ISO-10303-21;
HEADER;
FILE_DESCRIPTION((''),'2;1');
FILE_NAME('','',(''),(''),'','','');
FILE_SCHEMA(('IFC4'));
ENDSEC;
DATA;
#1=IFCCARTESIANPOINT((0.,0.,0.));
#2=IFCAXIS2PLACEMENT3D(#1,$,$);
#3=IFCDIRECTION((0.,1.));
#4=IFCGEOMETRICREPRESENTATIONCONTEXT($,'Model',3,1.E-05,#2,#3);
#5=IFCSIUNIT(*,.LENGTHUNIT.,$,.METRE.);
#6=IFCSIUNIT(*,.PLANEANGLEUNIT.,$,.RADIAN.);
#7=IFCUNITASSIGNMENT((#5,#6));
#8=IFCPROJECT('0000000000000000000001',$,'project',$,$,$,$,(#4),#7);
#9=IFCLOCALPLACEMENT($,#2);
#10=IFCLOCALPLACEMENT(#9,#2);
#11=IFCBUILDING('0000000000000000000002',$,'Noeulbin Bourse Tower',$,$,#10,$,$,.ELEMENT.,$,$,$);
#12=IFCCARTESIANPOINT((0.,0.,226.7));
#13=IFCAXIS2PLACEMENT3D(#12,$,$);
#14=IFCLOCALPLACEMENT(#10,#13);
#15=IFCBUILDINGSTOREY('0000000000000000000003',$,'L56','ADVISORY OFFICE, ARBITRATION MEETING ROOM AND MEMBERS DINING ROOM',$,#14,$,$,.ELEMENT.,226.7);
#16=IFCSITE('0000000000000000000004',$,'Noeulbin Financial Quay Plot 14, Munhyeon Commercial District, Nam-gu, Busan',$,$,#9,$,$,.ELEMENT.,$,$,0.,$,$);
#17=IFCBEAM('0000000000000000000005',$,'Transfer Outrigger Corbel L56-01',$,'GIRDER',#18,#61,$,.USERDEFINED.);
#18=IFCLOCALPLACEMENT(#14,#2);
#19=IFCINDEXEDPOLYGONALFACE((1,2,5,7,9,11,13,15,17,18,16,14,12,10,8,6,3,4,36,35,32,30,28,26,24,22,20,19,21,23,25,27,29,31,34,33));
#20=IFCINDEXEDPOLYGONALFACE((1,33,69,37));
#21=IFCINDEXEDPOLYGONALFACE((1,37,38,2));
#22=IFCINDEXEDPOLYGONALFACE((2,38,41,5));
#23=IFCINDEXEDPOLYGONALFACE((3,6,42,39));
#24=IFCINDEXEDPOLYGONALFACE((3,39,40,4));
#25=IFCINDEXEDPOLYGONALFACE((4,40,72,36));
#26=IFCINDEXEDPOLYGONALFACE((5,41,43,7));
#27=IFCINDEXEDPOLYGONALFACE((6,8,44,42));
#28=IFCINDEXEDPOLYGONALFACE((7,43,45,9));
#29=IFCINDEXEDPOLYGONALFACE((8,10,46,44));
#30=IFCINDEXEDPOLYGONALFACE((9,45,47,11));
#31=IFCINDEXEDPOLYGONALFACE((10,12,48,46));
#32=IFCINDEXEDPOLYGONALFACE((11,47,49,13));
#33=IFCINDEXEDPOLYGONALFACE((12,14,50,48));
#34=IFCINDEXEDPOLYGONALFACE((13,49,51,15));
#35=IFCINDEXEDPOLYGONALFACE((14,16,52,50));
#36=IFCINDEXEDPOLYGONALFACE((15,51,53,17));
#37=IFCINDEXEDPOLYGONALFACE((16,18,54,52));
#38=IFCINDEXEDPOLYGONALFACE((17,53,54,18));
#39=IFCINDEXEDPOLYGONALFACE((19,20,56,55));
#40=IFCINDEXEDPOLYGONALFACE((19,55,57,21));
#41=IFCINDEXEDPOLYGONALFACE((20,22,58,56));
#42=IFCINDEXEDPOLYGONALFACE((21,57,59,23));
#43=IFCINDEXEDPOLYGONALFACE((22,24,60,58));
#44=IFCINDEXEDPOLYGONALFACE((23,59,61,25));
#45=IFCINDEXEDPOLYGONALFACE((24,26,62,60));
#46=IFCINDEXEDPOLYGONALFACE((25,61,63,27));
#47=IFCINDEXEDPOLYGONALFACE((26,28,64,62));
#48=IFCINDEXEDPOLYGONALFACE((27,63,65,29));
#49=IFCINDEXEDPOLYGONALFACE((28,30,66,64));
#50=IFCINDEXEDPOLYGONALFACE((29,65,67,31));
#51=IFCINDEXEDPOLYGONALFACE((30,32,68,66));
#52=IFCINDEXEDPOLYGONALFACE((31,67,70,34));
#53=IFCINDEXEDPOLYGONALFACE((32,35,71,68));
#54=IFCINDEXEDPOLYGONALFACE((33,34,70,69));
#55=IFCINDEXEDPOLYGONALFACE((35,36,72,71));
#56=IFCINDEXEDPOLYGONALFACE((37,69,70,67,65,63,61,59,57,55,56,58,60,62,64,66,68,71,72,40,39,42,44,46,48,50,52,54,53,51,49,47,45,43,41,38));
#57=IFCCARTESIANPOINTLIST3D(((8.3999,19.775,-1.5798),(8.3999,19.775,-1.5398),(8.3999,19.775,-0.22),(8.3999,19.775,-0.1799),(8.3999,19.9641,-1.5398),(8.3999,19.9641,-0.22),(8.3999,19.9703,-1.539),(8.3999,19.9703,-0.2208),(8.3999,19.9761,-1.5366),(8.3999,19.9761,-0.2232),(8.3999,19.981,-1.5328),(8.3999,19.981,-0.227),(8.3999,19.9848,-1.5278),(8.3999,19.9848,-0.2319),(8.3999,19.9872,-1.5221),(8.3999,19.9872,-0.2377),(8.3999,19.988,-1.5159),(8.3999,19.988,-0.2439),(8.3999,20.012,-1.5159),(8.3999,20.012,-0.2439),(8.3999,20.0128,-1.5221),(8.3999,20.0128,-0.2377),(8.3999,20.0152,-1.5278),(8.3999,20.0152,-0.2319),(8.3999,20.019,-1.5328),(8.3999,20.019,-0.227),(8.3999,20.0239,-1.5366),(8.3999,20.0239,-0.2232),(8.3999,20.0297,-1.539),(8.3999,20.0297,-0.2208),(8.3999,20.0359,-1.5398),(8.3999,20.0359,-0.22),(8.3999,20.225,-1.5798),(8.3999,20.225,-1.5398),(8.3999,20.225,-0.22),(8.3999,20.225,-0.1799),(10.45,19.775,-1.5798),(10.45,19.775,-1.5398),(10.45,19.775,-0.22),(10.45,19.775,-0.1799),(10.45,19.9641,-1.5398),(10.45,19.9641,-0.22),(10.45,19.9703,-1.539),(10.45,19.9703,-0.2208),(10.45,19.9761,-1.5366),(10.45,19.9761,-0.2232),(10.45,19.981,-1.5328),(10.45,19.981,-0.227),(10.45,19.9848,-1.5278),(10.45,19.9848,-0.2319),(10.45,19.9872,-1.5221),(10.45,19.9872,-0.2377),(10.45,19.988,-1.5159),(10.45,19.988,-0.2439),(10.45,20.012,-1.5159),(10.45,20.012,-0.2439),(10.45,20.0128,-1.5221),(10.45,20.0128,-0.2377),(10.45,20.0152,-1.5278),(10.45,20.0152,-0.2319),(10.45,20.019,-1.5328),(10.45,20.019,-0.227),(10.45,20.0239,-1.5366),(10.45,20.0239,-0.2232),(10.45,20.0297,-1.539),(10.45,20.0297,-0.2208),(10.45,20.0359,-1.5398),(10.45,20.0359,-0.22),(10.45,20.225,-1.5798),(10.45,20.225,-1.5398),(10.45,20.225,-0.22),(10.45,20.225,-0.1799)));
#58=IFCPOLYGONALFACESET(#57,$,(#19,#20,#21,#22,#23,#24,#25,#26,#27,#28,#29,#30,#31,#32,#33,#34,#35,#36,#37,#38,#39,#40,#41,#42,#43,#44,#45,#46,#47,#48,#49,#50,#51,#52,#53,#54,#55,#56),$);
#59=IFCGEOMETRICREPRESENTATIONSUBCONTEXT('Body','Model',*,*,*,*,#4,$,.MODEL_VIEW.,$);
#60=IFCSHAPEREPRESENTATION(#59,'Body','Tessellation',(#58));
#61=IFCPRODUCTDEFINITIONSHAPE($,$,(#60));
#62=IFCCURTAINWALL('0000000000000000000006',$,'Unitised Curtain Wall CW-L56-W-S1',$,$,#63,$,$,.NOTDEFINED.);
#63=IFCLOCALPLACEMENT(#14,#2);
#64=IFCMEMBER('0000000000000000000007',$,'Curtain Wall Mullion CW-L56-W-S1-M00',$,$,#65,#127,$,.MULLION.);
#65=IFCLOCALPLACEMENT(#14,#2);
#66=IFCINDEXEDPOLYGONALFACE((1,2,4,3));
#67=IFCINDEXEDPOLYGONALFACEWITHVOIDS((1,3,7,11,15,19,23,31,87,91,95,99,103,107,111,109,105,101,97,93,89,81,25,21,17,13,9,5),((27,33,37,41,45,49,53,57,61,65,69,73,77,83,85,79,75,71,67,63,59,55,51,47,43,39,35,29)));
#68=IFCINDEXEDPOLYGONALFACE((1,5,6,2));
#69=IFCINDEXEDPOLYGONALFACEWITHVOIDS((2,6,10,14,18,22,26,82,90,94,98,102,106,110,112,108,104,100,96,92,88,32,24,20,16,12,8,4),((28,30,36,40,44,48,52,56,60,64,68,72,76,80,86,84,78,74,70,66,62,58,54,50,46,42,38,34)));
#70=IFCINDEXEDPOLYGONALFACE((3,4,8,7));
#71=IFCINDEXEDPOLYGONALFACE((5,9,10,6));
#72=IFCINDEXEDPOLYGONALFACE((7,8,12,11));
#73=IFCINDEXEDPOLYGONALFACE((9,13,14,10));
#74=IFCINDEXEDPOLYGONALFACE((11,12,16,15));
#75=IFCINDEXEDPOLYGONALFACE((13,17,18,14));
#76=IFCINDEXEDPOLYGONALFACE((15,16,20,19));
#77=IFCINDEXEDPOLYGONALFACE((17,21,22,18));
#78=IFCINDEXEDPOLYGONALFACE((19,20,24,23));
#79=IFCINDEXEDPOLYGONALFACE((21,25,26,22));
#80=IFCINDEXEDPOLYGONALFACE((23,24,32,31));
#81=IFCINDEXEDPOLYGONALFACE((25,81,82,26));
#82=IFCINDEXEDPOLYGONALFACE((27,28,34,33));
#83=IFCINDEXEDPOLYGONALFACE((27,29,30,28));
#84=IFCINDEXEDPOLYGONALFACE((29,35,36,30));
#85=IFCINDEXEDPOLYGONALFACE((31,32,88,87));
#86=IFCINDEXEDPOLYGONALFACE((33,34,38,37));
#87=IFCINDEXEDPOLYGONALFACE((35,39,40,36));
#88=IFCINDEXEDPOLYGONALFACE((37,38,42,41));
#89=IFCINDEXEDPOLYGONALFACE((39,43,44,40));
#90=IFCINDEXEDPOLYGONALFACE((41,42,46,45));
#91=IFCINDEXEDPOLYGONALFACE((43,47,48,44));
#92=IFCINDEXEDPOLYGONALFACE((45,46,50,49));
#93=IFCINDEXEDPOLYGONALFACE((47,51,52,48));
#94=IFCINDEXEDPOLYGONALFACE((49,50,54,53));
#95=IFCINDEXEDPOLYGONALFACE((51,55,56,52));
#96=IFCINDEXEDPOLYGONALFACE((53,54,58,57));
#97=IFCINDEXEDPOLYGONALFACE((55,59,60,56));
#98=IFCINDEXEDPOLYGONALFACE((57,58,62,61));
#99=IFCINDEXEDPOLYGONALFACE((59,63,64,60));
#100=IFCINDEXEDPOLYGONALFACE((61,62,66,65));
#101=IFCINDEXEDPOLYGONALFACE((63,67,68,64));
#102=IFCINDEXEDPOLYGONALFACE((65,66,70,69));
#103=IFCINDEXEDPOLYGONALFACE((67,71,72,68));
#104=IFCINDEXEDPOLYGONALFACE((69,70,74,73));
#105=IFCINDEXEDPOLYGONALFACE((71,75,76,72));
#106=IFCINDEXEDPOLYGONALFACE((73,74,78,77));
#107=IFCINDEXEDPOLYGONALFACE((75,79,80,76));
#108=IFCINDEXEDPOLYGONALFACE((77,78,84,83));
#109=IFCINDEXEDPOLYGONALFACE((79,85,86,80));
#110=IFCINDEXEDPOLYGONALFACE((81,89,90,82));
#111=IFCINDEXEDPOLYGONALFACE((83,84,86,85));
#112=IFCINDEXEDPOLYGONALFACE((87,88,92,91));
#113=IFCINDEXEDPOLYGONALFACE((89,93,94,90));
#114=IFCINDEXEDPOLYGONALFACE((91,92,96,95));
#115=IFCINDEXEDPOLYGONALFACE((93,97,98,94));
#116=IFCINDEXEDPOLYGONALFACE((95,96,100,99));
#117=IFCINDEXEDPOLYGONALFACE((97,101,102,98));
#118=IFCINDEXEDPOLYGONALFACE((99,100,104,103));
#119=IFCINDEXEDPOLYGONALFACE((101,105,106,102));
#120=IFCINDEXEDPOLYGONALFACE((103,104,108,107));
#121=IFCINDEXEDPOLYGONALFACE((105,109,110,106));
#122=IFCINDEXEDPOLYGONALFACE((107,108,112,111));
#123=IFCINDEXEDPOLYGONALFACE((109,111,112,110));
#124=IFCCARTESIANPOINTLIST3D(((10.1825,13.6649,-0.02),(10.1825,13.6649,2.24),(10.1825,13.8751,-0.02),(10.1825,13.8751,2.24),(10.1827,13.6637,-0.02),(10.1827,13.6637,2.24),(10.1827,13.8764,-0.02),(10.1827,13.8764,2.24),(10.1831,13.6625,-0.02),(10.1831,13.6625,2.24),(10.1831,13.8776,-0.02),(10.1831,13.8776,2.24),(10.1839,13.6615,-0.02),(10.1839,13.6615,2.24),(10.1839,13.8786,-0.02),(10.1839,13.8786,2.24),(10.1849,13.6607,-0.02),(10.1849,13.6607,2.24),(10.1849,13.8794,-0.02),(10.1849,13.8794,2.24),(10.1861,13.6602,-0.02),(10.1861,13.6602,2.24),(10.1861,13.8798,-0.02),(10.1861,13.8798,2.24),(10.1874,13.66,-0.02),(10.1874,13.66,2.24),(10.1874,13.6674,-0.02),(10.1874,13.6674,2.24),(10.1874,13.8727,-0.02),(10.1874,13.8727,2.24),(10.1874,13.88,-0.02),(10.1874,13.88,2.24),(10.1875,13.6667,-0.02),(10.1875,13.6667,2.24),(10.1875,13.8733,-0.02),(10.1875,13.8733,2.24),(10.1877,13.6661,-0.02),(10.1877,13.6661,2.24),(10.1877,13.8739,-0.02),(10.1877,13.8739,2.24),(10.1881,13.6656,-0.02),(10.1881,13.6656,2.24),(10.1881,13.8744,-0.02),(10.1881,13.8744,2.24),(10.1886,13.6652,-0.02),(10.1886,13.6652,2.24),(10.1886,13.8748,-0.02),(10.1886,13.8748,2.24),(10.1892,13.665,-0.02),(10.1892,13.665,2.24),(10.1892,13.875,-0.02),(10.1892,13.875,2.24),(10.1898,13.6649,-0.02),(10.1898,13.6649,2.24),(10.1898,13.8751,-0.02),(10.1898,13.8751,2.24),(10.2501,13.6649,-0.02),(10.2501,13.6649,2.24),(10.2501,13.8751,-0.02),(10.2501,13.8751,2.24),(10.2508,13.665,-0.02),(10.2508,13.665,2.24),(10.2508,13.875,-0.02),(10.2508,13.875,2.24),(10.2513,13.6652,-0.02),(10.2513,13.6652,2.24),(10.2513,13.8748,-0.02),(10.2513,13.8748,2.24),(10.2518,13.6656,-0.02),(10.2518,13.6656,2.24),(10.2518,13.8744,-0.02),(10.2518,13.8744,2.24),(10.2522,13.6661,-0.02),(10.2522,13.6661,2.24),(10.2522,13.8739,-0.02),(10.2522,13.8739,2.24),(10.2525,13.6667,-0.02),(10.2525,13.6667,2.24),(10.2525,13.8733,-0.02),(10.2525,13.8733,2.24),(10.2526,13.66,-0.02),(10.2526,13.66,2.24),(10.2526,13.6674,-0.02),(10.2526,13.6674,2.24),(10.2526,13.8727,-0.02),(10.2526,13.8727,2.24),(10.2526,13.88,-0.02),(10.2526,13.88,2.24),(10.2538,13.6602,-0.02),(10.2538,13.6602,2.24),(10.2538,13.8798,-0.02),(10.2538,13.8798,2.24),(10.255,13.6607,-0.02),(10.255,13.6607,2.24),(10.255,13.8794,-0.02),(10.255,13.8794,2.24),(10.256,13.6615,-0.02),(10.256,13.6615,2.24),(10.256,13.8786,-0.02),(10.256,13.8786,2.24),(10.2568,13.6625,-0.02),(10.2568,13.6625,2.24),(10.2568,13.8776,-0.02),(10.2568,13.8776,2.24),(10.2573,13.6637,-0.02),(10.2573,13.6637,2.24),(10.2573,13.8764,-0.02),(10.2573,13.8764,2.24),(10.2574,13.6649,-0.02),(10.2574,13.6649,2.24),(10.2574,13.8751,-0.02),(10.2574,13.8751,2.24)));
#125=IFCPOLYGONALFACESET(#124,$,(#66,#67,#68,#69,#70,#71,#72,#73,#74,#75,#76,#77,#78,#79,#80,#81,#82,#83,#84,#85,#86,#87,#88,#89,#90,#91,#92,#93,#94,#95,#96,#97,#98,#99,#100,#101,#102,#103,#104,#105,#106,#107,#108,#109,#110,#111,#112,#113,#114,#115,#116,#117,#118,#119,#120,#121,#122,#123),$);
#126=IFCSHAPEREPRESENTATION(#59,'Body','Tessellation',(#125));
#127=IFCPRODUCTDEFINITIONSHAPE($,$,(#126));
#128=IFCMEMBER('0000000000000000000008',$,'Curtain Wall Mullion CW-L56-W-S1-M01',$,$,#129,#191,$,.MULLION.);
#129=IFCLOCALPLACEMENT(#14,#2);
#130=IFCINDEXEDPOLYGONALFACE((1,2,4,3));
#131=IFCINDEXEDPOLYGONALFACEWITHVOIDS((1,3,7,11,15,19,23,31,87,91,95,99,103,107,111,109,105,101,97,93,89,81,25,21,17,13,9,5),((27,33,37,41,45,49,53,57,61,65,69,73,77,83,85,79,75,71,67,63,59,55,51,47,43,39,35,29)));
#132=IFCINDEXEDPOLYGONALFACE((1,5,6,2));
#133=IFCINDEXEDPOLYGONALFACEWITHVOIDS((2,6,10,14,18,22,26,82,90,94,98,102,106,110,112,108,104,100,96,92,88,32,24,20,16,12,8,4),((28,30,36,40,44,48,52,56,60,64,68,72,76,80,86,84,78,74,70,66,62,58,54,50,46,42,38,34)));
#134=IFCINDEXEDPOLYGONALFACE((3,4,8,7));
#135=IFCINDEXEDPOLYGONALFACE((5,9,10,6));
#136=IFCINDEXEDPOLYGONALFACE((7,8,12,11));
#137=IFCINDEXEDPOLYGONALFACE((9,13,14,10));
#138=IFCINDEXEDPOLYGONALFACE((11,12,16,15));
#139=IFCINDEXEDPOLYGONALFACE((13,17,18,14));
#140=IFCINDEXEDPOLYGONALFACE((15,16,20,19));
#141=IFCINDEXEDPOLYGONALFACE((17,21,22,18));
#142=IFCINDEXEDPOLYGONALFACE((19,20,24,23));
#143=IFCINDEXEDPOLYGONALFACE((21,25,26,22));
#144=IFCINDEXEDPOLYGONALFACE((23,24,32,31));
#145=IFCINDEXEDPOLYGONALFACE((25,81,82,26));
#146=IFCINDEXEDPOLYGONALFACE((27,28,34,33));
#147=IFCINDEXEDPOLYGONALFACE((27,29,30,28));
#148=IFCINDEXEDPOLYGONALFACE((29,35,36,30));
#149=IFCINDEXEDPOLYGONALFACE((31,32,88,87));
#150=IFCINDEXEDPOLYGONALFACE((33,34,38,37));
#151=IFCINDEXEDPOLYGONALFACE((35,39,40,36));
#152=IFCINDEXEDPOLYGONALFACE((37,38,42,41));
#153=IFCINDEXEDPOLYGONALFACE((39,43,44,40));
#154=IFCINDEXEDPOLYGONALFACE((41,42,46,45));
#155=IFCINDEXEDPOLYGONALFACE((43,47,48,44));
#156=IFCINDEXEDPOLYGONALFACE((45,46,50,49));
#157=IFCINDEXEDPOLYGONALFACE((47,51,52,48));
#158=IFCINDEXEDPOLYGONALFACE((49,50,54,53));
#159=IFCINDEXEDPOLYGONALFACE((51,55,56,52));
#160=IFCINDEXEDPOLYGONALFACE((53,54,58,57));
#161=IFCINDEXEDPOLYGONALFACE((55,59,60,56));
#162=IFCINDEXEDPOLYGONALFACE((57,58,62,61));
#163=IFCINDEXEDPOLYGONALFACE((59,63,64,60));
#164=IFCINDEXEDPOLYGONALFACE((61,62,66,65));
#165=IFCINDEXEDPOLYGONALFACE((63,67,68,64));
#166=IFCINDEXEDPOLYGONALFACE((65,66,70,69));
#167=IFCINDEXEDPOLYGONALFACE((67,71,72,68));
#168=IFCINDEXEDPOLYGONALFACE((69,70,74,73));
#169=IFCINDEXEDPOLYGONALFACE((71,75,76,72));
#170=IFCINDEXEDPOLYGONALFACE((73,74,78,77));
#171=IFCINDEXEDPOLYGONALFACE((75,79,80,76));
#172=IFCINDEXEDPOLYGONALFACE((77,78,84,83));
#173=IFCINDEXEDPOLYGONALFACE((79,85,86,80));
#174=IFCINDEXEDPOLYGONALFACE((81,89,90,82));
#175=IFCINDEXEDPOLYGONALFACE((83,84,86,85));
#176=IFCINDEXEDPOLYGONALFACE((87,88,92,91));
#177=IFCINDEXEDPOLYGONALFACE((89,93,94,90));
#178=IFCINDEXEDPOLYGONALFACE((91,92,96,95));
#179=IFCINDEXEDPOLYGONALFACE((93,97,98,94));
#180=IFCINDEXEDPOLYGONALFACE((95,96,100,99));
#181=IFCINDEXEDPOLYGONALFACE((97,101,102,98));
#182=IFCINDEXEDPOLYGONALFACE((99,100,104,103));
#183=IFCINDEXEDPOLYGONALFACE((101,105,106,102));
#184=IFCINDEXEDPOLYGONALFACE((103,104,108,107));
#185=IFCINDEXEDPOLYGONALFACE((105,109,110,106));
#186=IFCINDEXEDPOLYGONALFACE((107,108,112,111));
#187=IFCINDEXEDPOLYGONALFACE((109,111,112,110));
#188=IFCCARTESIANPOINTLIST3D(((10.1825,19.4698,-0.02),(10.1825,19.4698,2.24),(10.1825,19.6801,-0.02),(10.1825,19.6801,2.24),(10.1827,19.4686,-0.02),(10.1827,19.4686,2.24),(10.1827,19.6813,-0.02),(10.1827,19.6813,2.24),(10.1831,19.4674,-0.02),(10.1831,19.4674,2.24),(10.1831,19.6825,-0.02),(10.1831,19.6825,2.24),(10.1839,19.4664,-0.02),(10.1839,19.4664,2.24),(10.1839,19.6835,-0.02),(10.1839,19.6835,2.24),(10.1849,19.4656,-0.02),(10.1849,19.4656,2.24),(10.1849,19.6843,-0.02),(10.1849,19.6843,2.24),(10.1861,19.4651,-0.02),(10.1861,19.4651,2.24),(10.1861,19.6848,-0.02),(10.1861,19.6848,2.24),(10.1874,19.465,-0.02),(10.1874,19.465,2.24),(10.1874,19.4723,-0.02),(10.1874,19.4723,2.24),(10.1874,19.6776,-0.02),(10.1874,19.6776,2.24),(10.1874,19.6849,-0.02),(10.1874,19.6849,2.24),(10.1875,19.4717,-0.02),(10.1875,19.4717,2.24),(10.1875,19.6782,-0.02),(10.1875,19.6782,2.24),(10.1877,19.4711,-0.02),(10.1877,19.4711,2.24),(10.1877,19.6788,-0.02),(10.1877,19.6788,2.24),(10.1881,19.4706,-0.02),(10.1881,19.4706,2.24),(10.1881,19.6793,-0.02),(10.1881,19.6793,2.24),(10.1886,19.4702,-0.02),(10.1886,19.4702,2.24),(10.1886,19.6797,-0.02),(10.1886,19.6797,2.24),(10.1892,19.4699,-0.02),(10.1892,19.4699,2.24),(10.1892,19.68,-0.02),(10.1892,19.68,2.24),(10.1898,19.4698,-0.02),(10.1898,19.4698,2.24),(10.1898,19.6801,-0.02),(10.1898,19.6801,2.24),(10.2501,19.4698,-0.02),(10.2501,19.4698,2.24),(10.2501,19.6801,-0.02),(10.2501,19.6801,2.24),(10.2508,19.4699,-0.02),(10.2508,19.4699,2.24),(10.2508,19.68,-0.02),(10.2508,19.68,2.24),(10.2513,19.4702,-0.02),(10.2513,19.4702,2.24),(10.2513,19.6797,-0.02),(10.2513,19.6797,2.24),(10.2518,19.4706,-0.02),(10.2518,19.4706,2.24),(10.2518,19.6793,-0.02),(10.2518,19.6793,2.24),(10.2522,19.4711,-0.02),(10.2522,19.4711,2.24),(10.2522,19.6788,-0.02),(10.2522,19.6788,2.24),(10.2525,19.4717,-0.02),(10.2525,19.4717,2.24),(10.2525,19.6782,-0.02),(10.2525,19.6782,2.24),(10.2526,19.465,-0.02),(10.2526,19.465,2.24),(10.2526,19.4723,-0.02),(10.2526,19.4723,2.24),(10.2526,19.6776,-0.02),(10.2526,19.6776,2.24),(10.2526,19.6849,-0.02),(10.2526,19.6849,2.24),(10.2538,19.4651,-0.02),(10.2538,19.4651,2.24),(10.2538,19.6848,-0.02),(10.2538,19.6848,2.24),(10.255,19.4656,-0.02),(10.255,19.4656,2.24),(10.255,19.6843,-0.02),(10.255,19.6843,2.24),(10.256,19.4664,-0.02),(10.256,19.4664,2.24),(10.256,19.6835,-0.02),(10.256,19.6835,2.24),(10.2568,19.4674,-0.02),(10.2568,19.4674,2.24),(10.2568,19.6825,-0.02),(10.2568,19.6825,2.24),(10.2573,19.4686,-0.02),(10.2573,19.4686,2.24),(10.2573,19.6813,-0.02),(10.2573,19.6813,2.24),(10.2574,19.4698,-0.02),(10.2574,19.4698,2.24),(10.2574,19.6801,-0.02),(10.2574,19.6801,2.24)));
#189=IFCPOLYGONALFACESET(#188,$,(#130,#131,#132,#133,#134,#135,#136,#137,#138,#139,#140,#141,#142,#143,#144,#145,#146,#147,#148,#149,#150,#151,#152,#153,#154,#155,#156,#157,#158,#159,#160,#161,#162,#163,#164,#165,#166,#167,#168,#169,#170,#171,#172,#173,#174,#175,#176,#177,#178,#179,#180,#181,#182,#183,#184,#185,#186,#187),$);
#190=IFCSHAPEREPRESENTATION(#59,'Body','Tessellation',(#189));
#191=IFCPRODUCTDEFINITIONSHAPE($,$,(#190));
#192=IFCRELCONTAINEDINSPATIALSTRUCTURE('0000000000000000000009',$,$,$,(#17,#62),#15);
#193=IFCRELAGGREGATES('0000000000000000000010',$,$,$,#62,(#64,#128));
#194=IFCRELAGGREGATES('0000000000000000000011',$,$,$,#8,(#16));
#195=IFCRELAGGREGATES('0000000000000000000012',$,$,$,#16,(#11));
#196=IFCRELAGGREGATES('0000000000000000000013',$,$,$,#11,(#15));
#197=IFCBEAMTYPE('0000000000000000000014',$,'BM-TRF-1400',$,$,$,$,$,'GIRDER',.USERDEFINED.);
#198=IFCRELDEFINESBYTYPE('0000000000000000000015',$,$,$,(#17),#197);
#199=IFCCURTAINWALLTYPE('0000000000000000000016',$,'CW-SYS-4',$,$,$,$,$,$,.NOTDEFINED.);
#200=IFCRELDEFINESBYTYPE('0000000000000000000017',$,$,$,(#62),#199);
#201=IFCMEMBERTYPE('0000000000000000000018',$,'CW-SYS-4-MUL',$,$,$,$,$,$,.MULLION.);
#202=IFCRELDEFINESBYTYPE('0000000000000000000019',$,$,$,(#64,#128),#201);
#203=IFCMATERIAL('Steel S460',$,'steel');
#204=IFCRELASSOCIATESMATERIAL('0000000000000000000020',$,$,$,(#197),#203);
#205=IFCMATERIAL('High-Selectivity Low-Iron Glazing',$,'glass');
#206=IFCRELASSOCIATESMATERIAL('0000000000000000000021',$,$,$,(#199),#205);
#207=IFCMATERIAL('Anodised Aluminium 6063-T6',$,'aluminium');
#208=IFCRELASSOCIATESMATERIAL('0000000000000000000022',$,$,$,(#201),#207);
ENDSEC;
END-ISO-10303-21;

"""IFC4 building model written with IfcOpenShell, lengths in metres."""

from ifc_helpers import new_model, si_unit, direction, frame, origin, origin_2d, place, context, subcontext, project, spatial, hollow_rectangle, i_section, extrude, material, material_profile, profile_set, type_object, element, aggregate, save


model = new_model("IFC4")

# Units and contexts
model_context = context("Model", 3, precision=1e-05, world=origin(), true_north=direction((0.0, 1.0)))
body_context = subcontext(model_context, "Body", "Model", "MODEL_VIEW")
ifc_project = project(units=[si_unit("LENGTHUNIT", "METRE"), si_unit("PLANEANGLEUNIT", "RADIAN")], contexts=[model_context])

# Site, building, storey
site_placement = place(None, origin())
site = spatial("IfcSite", under=ifc_project, at=site_placement, Name="Noeulbin Financial Quay Plot 14, Munhyeon Commercial District, Nam-gu, Busan", CompositionType="ELEMENT", RefElevation=0.0)
building_placement = place(site_placement, origin())
building = spatial("IfcBuilding", under=site, at=building_placement, Name="Noeulbin Bourse Tower", CompositionType="ELEMENT")
storey_placement = place(building_placement, frame((0.0, 0.0, 226.7)))
storey = spatial("IfcBuildingStorey", under=building, at=storey_placement, Name="L56", Description="ADVISORY OFFICE, ARBITRATION MEETING ROOM AND MEMBERS DINING ROOM", CompositionType="ELEMENT", Elevation=226.7)

# Beam
ifc_material_1 = material(Name="Steel S460", Category="steel")
ifc_material_profile_1 = material_profile(ifc_material_1, i_section(OverallWidth=0.45, OverallDepth=1.3999, WebThickness=0.0239, FlangeThickness=0.04, FilletRadius=0.0239, at=origin_2d()), Name="PG-1400x450x24x40", Category="LoadBearing")
ifc_profile_set_1 = profile_set([ifc_material_profile_1], Name="Steel S460")
beam_type_1 = type_object("IfcBeamType", Name="BM-TRF-1400", ElementType="GIRDER", PredefinedType="USERDEFINED", material=ifc_profile_set_1)
beam_1_placement = place(storey_placement, frame((8.3999, 20.0, -0.8799), z_axis=(1.0, 0.0, 0.0), x_axis=(0.0, 1.0, 0.0)))
element("IfcBeam", 1, at=beam_1_placement, inside=storey, type_object=beam_type_1, Name="Transfer Outrigger Corbel L56-01", ObjectType="GIRDER", PredefinedType="USERDEFINED", context=body_context, shape_type="SweptSolid", body=[
    extrude(i_section(OverallWidth=0.45, OverallDepth=1.3999, WebThickness=0.0239, FlangeThickness=0.04, FilletRadius=0.0239, at=origin_2d()), origin(), (0.0, 0.0, 1.0), 2.05),
])

# Curtain wall, members
ifc_material_2 = material(Name="High-Selectivity Low-Iron Glazing", Category="glass")
curtain_wall_type = type_object("IfcCurtainWallType", Name="CW-SYS-4", PredefinedType="NOTDEFINED", material=ifc_material_2)
curtain_wall_placement = place(storey_placement, origin())
curtain_wall = element("IfcCurtainWall", 2, at=curtain_wall_placement, inside=storey, type_object=curtain_wall_type, Name="Unitised Curtain Wall CW-L56-W-S1", PredefinedType="NOTDEFINED")
ifc_material_3 = material(Name="Anodised Aluminium 6063-T6", Category="aluminium")
ifc_material_profile_2 = material_profile(ifc_material_3, hollow_rectangle(XDim=0.075, YDim=0.22, WallThickness=0.0049, InnerFilletRadius=0.0024, OuterFilletRadius=0.0049, at=origin_2d()), Name="ALU-MULL-75x220x5", Category="LoadBearing")
ifc_profile_set_2 = profile_set([ifc_material_profile_2], Name="Anodised Aluminium 6063-T6")
member_type_1 = type_object("IfcMemberType", Name="CW-SYS-4-MUL", PredefinedType="MULLION", material=ifc_profile_set_2)
member_1_placement = place(storey_placement, frame((10.22, 13.77, -0.02), z_axis=(0.0, 0.0, 1.0), x_axis=(1.0, 0.0, 0.0)))
member_1 = element("IfcMember", 3, at=member_1_placement, type_object=member_type_1, Name="Curtain Wall Mullion CW-L56-W-S1-M00", PredefinedType="MULLION", context=body_context, shape_type="SweptSolid", body=[
    extrude(hollow_rectangle(XDim=0.075, YDim=0.22, WallThickness=0.0049, InnerFilletRadius=0.0024, OuterFilletRadius=0.0049, at=origin_2d()), origin(), (0.0, 0.0, 1.0), 2.26),
])
member_2_placement = place(storey_placement, frame((10.22, 19.575, -0.02), z_axis=(0.0, 0.0, 1.0), x_axis=(1.0, 0.0, 0.0)))
member_2 = element("IfcMember", 4, at=member_2_placement, type_object=member_type_1, Name="Curtain Wall Mullion CW-L56-W-S1-M01", PredefinedType="MULLION", context=body_context, shape_type="SweptSolid", body=[
    extrude(hollow_rectangle(XDim=0.075, YDim=0.22, WallThickness=0.0049, InnerFilletRadius=0.0024, OuterFilletRadius=0.0049, at=origin_2d()), origin(), (0.0, 0.0, 1.0), 2.26),
])
aggregate(curtain_wall, [member_1, member_2])

save(model, "model.ifc")
